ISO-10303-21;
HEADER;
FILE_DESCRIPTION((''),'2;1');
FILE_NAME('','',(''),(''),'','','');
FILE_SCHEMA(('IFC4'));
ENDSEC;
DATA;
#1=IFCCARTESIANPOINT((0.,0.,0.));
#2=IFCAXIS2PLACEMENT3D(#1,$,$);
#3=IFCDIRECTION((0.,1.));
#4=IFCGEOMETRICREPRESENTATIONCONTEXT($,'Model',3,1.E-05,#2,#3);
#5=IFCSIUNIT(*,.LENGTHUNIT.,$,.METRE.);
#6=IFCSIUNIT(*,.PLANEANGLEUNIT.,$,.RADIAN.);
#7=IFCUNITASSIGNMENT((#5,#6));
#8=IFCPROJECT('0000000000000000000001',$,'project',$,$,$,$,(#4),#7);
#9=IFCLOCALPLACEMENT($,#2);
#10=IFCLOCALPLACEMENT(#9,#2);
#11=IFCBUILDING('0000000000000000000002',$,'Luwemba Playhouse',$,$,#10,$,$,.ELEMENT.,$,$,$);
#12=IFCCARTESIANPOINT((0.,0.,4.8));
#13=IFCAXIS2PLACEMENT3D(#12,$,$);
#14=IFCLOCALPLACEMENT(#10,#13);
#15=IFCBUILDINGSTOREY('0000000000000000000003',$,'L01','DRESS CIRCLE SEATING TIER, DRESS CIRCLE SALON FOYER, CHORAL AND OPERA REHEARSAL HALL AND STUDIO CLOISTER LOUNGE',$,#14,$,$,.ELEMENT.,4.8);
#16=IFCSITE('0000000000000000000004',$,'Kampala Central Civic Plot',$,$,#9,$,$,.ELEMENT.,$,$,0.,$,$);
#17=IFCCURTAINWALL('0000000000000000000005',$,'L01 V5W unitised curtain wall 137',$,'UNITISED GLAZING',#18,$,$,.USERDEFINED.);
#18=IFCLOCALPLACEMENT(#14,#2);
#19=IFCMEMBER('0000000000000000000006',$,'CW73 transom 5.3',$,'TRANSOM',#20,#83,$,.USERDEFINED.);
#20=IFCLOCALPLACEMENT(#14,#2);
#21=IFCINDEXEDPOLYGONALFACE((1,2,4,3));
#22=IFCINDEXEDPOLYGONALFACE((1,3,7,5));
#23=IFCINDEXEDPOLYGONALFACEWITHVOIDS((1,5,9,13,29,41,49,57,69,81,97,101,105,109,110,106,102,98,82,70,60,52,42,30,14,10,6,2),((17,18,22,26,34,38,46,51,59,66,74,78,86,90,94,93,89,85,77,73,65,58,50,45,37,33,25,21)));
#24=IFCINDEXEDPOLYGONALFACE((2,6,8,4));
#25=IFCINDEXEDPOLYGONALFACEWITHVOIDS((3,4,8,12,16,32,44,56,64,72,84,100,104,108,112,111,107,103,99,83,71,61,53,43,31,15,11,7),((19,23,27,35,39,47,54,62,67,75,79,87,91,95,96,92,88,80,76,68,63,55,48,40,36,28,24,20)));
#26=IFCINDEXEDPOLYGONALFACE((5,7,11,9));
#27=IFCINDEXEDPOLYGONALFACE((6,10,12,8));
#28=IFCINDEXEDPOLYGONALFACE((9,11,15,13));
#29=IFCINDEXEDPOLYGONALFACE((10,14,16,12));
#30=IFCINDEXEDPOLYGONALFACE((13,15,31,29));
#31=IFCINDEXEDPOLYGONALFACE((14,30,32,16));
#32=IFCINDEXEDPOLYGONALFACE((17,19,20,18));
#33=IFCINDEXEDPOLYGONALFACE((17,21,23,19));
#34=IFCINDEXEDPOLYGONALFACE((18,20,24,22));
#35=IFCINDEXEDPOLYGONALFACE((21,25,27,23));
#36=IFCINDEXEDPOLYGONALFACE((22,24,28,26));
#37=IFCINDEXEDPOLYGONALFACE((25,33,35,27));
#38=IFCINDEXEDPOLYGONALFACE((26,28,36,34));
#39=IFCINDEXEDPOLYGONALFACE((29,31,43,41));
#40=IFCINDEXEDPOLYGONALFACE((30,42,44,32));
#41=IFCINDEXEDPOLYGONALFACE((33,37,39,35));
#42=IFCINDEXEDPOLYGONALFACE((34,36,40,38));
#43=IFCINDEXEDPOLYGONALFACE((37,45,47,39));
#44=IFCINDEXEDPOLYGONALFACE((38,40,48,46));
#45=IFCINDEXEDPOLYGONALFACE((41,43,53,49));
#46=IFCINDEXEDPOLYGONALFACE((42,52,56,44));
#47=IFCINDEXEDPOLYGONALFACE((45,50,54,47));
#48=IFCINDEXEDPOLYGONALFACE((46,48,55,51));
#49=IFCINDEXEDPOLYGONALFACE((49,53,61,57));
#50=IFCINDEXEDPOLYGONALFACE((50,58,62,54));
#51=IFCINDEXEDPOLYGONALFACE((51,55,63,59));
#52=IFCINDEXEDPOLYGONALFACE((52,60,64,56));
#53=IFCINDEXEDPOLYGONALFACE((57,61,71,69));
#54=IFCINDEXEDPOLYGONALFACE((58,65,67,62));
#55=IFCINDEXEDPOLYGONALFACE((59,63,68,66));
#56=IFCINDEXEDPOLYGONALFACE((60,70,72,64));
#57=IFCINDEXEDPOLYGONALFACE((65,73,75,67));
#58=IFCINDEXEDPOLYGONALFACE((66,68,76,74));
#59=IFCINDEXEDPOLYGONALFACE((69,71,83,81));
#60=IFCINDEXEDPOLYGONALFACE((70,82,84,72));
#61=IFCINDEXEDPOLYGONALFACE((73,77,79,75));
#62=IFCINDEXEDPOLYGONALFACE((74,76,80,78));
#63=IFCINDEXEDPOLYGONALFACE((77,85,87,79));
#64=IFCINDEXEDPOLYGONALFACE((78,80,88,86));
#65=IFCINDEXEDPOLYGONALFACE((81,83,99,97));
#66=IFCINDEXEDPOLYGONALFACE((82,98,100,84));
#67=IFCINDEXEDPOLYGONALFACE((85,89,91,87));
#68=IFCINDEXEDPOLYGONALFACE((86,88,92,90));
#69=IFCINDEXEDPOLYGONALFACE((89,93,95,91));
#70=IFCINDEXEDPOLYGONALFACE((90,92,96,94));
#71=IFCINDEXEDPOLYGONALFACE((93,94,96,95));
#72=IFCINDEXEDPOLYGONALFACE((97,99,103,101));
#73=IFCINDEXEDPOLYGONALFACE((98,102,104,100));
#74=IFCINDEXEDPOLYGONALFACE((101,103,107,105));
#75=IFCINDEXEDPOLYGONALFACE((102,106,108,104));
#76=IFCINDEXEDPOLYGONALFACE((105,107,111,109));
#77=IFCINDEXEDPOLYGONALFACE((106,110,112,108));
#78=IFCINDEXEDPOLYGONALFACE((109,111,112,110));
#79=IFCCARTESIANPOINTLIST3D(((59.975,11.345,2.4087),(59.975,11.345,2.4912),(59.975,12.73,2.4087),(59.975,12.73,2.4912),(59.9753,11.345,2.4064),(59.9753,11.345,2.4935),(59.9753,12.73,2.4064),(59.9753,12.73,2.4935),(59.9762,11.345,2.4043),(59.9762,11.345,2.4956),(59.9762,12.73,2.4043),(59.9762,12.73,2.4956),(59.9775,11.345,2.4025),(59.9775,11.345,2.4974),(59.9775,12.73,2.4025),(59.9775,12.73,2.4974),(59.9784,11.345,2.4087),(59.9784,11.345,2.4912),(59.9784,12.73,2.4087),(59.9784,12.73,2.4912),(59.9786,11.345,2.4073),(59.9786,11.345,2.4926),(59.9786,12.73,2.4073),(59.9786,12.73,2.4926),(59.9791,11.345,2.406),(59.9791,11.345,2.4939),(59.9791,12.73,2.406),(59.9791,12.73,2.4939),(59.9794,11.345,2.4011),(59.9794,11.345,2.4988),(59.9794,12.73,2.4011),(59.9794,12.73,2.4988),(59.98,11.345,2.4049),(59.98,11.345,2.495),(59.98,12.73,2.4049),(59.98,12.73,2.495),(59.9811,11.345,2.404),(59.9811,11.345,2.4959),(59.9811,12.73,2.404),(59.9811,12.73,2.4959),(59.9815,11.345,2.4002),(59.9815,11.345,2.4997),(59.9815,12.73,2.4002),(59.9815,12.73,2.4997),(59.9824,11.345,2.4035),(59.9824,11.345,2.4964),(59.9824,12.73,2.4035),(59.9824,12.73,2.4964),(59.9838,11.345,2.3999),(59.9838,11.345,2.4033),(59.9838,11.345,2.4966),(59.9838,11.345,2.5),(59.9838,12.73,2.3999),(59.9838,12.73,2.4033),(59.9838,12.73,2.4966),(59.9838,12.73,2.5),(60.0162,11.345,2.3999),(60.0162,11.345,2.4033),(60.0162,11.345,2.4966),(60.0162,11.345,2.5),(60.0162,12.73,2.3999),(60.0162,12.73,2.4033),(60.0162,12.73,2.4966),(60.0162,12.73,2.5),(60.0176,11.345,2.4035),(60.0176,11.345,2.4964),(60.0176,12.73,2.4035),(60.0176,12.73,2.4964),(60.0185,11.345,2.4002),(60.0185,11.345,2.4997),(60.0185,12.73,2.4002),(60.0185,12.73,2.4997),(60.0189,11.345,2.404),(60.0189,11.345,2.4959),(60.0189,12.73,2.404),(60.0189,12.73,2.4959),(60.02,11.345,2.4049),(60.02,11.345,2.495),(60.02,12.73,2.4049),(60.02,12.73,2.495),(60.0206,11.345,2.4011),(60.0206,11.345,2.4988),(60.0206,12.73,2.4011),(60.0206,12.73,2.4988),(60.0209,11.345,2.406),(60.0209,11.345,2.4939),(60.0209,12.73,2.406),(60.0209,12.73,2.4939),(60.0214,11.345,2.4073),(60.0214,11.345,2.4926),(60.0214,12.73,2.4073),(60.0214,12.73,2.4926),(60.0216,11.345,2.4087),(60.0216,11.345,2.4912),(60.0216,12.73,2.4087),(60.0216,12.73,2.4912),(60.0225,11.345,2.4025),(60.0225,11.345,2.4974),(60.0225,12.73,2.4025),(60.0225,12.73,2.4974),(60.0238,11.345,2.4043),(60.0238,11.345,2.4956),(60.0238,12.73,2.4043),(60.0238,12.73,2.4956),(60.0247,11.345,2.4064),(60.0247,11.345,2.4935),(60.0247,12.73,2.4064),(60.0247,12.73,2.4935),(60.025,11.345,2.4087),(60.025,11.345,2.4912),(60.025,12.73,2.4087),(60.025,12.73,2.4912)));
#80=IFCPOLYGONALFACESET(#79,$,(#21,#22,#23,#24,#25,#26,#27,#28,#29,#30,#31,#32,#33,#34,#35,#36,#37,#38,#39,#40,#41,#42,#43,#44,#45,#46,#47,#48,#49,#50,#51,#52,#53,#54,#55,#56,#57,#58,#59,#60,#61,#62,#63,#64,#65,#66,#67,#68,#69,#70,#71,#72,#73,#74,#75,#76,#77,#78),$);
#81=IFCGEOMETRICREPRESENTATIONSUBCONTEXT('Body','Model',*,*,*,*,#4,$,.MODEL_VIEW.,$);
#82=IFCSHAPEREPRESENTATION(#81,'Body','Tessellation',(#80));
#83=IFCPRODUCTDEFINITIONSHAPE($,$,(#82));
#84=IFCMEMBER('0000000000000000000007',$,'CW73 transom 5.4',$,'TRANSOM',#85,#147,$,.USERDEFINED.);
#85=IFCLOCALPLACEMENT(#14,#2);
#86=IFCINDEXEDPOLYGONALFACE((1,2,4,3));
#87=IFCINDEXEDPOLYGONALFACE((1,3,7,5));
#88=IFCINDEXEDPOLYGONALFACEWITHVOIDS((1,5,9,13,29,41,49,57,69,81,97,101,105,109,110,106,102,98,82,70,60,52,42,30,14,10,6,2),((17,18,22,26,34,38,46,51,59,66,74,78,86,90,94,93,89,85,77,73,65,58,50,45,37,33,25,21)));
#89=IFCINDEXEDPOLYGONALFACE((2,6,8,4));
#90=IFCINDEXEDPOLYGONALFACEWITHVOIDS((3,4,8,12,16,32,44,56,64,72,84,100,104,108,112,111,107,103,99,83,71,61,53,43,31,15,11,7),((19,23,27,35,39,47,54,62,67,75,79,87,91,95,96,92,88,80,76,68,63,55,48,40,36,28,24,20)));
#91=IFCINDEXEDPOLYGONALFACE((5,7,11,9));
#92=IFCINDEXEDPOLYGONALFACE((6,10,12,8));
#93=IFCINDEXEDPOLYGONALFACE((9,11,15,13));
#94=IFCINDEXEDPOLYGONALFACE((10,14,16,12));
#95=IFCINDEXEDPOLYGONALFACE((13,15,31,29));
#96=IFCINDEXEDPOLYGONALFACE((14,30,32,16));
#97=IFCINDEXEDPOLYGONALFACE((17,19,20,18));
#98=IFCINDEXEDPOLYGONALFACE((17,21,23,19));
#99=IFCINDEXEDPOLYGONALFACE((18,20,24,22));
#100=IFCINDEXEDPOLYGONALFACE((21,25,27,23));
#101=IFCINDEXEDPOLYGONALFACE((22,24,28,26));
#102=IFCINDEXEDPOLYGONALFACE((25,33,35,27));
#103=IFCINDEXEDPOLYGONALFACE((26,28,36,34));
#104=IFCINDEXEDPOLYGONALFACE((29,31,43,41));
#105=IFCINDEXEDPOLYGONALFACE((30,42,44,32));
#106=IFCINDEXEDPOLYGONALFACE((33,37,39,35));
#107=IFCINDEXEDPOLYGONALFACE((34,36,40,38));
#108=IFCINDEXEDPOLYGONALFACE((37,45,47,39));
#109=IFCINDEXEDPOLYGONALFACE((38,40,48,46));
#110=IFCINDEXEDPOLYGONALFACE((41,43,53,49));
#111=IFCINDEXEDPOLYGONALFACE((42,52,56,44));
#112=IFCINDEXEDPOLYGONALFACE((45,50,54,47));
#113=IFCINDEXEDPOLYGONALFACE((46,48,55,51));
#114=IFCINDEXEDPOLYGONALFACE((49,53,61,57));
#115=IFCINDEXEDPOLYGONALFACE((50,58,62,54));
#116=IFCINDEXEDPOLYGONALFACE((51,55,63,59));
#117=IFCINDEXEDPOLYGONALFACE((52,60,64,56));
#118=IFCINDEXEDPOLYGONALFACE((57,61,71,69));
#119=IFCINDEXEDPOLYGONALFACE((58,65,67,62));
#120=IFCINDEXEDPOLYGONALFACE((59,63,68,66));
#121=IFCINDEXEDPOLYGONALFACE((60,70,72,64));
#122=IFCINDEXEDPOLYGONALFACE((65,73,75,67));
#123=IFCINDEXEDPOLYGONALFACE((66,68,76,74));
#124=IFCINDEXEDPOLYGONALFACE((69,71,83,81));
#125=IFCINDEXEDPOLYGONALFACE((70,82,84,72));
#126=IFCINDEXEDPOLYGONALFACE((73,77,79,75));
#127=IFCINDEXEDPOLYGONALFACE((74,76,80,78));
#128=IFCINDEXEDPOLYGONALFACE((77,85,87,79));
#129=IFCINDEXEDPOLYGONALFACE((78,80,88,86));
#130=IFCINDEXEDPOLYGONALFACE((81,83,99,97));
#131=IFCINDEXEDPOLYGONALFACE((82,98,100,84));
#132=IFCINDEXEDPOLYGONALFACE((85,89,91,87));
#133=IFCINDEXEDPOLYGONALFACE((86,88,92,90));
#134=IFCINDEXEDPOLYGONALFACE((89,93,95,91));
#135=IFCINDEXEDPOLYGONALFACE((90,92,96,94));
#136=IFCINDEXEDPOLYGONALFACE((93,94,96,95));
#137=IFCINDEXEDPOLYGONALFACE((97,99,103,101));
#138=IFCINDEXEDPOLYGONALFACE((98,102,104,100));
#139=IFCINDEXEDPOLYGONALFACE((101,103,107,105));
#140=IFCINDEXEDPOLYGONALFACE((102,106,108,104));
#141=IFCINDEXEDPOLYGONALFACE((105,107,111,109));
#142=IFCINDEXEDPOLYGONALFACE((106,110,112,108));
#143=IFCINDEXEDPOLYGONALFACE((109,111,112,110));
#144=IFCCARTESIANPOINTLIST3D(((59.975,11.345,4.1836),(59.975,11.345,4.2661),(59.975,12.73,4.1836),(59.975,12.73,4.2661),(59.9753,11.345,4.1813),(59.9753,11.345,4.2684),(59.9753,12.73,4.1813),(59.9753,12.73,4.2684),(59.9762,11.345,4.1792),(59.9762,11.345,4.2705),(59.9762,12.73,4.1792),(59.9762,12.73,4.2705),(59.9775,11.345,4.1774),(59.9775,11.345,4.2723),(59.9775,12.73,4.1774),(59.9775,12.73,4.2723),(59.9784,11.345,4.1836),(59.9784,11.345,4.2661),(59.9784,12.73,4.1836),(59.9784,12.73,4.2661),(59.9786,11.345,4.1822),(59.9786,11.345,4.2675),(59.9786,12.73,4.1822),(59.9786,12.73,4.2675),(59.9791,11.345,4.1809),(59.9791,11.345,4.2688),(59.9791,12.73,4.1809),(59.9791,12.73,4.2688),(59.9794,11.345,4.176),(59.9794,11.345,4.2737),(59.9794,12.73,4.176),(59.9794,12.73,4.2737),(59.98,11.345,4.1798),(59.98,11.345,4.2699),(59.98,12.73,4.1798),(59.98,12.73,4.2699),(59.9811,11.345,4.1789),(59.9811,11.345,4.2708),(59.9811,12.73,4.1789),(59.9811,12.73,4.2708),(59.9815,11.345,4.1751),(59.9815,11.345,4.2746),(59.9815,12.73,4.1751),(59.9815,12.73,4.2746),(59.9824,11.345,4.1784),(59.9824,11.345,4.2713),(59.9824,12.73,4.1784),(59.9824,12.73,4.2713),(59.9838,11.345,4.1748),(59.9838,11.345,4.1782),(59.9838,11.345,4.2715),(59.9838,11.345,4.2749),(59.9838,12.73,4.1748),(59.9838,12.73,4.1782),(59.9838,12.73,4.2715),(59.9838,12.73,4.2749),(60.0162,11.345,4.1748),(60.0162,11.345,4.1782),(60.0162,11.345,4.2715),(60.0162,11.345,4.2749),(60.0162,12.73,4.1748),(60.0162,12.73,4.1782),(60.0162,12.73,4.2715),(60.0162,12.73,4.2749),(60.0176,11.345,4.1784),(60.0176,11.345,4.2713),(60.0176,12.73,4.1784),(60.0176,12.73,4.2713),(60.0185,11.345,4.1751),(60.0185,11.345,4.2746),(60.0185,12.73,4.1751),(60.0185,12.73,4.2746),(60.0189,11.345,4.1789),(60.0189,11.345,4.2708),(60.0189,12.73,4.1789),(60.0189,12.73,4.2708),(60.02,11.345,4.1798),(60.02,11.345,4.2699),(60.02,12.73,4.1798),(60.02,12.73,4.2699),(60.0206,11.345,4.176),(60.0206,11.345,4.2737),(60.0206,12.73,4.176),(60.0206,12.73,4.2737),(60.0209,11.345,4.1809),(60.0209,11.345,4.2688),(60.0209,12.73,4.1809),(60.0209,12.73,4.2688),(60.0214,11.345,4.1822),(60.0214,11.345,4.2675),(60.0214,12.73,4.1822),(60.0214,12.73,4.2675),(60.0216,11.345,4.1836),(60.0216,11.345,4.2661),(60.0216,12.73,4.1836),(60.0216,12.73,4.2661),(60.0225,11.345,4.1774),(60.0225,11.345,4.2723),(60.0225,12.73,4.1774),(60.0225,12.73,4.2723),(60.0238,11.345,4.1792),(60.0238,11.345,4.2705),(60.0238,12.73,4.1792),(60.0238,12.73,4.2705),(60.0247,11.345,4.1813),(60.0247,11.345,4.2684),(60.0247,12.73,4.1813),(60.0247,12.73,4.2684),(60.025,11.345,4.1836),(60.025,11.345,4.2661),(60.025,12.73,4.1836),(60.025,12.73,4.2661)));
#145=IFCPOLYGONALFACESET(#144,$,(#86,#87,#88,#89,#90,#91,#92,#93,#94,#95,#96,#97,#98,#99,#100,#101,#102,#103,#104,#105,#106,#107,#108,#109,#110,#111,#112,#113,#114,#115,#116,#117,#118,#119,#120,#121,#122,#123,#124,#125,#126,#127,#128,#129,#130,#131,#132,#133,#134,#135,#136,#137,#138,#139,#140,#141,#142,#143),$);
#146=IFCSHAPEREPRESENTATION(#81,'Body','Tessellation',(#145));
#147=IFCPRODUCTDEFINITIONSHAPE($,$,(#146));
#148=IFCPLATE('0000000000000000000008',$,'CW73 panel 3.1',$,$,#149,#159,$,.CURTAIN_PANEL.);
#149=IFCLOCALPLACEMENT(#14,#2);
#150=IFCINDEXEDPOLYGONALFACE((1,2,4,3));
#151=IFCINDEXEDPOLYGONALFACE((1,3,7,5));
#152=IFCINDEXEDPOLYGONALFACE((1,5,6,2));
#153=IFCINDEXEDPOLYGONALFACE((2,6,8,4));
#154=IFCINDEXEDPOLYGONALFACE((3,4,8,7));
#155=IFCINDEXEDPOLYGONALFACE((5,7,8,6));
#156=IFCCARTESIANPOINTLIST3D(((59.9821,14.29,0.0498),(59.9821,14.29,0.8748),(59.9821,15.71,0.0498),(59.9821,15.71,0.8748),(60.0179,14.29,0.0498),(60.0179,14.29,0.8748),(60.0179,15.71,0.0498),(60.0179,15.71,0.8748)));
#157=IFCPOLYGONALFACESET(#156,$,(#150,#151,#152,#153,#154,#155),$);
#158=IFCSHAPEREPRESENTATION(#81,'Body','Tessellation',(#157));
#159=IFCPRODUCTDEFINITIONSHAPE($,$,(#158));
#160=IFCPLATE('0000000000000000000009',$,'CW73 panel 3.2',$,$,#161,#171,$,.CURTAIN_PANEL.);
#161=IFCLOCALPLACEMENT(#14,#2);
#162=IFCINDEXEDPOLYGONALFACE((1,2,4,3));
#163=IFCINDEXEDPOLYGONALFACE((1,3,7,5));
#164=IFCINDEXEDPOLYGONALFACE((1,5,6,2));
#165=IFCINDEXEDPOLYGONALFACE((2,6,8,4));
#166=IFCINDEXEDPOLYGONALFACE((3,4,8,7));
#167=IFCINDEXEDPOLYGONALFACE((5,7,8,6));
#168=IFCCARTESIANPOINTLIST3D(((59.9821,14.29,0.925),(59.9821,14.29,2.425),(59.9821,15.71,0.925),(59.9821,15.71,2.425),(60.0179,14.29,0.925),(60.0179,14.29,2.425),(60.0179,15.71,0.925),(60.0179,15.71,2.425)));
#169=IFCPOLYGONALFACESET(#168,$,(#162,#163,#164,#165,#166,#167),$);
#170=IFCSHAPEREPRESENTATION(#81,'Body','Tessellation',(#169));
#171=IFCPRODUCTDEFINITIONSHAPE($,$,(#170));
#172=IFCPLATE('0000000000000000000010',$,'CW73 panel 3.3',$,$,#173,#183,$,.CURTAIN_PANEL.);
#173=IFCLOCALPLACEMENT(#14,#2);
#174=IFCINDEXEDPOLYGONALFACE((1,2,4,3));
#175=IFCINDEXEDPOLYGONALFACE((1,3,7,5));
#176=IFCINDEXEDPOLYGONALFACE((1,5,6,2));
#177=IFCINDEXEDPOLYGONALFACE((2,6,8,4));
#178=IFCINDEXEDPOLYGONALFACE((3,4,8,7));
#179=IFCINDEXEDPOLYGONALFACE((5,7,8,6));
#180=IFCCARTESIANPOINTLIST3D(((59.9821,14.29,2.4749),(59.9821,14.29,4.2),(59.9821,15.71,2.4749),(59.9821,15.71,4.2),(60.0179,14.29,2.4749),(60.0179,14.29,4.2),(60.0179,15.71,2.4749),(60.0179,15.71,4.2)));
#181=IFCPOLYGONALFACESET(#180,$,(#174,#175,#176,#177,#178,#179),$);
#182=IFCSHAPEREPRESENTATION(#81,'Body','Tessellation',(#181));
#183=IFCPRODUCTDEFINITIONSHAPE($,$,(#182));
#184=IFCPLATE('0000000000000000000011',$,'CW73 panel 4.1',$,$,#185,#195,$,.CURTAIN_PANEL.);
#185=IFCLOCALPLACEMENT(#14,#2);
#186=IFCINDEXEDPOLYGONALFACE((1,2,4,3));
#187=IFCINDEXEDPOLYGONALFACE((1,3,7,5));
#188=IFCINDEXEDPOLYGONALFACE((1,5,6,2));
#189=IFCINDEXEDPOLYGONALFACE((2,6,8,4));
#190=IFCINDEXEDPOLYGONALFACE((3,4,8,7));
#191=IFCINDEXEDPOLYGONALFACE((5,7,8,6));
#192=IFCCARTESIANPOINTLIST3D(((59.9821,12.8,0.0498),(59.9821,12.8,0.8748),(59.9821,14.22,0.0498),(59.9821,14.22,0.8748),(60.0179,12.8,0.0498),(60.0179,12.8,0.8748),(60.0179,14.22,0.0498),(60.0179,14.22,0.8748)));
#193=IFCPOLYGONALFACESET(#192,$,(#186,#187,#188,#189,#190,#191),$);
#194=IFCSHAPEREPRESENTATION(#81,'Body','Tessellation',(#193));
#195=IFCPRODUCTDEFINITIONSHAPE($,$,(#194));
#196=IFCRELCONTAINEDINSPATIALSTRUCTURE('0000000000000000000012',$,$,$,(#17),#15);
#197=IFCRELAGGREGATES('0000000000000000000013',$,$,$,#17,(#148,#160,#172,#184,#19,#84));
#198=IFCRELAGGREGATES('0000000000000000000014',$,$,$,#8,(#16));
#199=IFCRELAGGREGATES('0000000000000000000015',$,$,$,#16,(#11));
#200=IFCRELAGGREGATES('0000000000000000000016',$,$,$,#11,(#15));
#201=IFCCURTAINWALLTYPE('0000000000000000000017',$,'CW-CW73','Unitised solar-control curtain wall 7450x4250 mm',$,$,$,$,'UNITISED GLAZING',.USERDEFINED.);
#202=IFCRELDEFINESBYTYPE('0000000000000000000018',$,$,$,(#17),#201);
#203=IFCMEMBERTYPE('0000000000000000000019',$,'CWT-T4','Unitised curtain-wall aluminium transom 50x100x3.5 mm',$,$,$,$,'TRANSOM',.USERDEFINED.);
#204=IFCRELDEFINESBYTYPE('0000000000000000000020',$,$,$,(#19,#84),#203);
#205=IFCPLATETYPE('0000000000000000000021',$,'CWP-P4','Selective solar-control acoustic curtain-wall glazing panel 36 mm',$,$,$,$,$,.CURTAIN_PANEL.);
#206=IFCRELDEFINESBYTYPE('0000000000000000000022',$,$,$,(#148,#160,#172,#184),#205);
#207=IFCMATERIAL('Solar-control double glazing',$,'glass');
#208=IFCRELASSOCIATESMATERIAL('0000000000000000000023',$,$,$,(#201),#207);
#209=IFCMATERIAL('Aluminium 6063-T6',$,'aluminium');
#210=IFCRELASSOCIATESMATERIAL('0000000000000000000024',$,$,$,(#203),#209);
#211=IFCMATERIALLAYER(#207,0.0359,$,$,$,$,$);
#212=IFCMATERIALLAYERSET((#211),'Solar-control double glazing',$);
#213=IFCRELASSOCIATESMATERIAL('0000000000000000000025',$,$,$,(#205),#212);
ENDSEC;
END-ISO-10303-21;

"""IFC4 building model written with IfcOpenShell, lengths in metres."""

from ifc_helpers import new_model, si_unit, direction, frame, origin, origin_2d, place, context, subcontext, project, spatial, rectangle, hollow_rectangle, extrude, material, layer, layer_set, material_profile, profile_set, type_object, element, aggregate, save


model = new_model("IFC4")

# Units and contexts
model_context = context("Model", 3, precision=1e-05, world=origin(), true_north=direction((0.0, 1.0)))
body_context = subcontext(model_context, "Body", "Model", "MODEL_VIEW")
ifc_project = project(units=[si_unit("LENGTHUNIT", "METRE"), si_unit("PLANEANGLEUNIT", "RADIAN")], contexts=[model_context])

# Site, building, storey
site_placement = place(None, origin())
site = spatial("IfcSite", under=ifc_project, at=site_placement, Name="Kampala Central Civic Plot", CompositionType="ELEMENT", RefElevation=0.0)
building_placement = place(site_placement, origin())
building = spatial("IfcBuilding", under=site, at=building_placement, Name="Luwemba Playhouse", CompositionType="ELEMENT")
storey_placement = place(building_placement, frame((0.0, 0.0, 4.8)))
storey = spatial("IfcBuildingStorey", under=building, at=storey_placement, Name="L01", Description="DRESS CIRCLE SEATING TIER, DRESS CIRCLE SALON FOYER, CHORAL AND OPERA REHEARSAL HALL AND STUDIO CLOISTER LOUNGE", CompositionType="ELEMENT", Elevation=4.8)

# Curtain wall, members, plates
ifc_material_1 = material(Name="Solar-control double glazing", Category="glass")
curtain_wall_type = type_object("IfcCurtainWallType", Name="CW-CW73", Description="Unitised solar-control curtain wall 7450x4250 mm", ElementType="UNITISED GLAZING", PredefinedType="USERDEFINED", material=ifc_material_1)
curtain_wall_placement = place(storey_placement, origin())
curtain_wall = element("IfcCurtainWall", 1, at=curtain_wall_placement, inside=storey, type_object=curtain_wall_type, Name="L01 V5W unitised curtain wall 137", ObjectType="UNITISED GLAZING", PredefinedType="USERDEFINED")
ifc_material_2 = material(Name="Aluminium 6063-T6", Category="aluminium")
ifc_material_profile_1 = material_profile(ifc_material_2, hollow_rectangle(XDim=0.05, YDim=0.1001, WallThickness=0.0034, InnerFilletRadius=0.0054, OuterFilletRadius=0.0088, at=origin_2d()))
ifc_profile_set_1 = profile_set([ifc_material_profile_1], Name="Aluminium 6063-T6")
member_type_1 = type_object("IfcMemberType", Name="CWT-T4", Description="Unitised curtain-wall aluminium transom 50x100x3.5 mm", ElementType="TRANSOM", PredefinedType="USERDEFINED", material=ifc_profile_set_1)
member_1_placement = place(storey_placement, frame((60.0, 12.73, 2.45), z_axis=(0.0, -1.0, 0.0), x_axis=(1.0, 0.0, 0.0)))
member_1 = element("IfcMember", 2, at=member_1_placement, type_object=member_type_1, Name="CW73 transom 5.3", ObjectType="TRANSOM", PredefinedType="USERDEFINED", context=body_context, shape_type="SweptSolid", body=[
    extrude(hollow_rectangle(XDim=0.05, YDim=0.1001, WallThickness=0.0034, InnerFilletRadius=0.0054, OuterFilletRadius=0.0088, at=origin_2d()), origin(), (0.0, 0.0, 1.0), 1.385),
])
member_2_placement = place(storey_placement, frame((60.0, 12.73, 4.2249), z_axis=(0.0, -1.0, 0.0), x_axis=(1.0, 0.0, 0.0)))
member_2 = element("IfcMember", 3, at=member_2_placement, type_object=member_type_1, Name="CW73 transom 5.4", ObjectType="TRANSOM", PredefinedType="USERDEFINED", context=body_context, shape_type="SweptSolid", body=[
    extrude(hollow_rectangle(XDim=0.05, YDim=0.1001, WallThickness=0.0034, InnerFilletRadius=0.0054, OuterFilletRadius=0.0088, at=origin_2d()), origin(), (0.0, 0.0, 1.0), 1.385),
])
ifc_layer = layer(ifc_material_1, 0.0359)
ifc_layer_set = layer_set([ifc_layer], Name="Solar-control double glazing")
plate_type = type_object("IfcPlateType", Name="CWP-P4", Description="Selective solar-control acoustic curtain-wall glazing panel 36 mm", PredefinedType="CURTAIN_PANEL", material=ifc_layer_set)
plate_1_placement = place(storey_placement, frame((60.0, 15.0, 0.0498), z_axis=(0.0, 0.0, 1.0), x_axis=(0.0, -1.0, 0.0)))
plate_1 = element("IfcPlate", 4, at=plate_1_placement, type_object=plate_type, Name="CW73 panel 3.1", PredefinedType="CURTAIN_PANEL", context=body_context, shape_type="SweptSolid", body=[
    extrude(rectangle(XDim=1.4199, YDim=0.0359, at=origin_2d()), origin(), (0.0, 0.0, 1.0), 0.825),
])
plate_2_placement = place(storey_placement, frame((60.0, 15.0, 0.925), z_axis=(0.0, 0.0, 1.0), x_axis=(0.0, -1.0, 0.0)))
plate_2 = element("IfcPlate", 5, at=plate_2_placement, type_object=plate_type, Name="CW73 panel 3.2", PredefinedType="CURTAIN_PANEL", context=body_context, shape_type="SweptSolid", body=[
    extrude(rectangle(XDim=1.4199, YDim=0.0359, at=origin_2d()), origin(), (0.0, 0.0, 1.0), 1.5),
])
plate_3_placement = place(storey_placement, frame((60.0, 15.0, 2.4749), z_axis=(0.0, 0.0, 1.0), x_axis=(0.0, -1.0, 0.0)))
plate_3 = element("IfcPlate", 6, at=plate_3_placement, type_object=plate_type, Name="CW73 panel 3.3", PredefinedType="CURTAIN_PANEL", context=body_context, shape_type="SweptSolid", body=[
    extrude(rectangle(XDim=1.4199, YDim=0.0359, at=origin_2d()), origin(), (0.0, 0.0, 1.0), 1.7251),
])
plate_4_placement = place(storey_placement, frame((60.0, 13.51, 0.0498), z_axis=(0.0, 0.0, 1.0), x_axis=(0.0, -1.0, 0.0)))
plate_4 = element("IfcPlate", 7, at=plate_4_placement, type_object=plate_type, Name="CW73 panel 4.1", PredefinedType="CURTAIN_PANEL", context=body_context, shape_type="SweptSolid", body=[
    extrude(rectangle(XDim=1.4199, YDim=0.0359, at=origin_2d()), origin(), (0.0, 0.0, 1.0), 0.825),
])
aggregate(curtain_wall, [plate_1, plate_2, plate_3, plate_4, member_1, member_2])

save(model, "model.ifc")
